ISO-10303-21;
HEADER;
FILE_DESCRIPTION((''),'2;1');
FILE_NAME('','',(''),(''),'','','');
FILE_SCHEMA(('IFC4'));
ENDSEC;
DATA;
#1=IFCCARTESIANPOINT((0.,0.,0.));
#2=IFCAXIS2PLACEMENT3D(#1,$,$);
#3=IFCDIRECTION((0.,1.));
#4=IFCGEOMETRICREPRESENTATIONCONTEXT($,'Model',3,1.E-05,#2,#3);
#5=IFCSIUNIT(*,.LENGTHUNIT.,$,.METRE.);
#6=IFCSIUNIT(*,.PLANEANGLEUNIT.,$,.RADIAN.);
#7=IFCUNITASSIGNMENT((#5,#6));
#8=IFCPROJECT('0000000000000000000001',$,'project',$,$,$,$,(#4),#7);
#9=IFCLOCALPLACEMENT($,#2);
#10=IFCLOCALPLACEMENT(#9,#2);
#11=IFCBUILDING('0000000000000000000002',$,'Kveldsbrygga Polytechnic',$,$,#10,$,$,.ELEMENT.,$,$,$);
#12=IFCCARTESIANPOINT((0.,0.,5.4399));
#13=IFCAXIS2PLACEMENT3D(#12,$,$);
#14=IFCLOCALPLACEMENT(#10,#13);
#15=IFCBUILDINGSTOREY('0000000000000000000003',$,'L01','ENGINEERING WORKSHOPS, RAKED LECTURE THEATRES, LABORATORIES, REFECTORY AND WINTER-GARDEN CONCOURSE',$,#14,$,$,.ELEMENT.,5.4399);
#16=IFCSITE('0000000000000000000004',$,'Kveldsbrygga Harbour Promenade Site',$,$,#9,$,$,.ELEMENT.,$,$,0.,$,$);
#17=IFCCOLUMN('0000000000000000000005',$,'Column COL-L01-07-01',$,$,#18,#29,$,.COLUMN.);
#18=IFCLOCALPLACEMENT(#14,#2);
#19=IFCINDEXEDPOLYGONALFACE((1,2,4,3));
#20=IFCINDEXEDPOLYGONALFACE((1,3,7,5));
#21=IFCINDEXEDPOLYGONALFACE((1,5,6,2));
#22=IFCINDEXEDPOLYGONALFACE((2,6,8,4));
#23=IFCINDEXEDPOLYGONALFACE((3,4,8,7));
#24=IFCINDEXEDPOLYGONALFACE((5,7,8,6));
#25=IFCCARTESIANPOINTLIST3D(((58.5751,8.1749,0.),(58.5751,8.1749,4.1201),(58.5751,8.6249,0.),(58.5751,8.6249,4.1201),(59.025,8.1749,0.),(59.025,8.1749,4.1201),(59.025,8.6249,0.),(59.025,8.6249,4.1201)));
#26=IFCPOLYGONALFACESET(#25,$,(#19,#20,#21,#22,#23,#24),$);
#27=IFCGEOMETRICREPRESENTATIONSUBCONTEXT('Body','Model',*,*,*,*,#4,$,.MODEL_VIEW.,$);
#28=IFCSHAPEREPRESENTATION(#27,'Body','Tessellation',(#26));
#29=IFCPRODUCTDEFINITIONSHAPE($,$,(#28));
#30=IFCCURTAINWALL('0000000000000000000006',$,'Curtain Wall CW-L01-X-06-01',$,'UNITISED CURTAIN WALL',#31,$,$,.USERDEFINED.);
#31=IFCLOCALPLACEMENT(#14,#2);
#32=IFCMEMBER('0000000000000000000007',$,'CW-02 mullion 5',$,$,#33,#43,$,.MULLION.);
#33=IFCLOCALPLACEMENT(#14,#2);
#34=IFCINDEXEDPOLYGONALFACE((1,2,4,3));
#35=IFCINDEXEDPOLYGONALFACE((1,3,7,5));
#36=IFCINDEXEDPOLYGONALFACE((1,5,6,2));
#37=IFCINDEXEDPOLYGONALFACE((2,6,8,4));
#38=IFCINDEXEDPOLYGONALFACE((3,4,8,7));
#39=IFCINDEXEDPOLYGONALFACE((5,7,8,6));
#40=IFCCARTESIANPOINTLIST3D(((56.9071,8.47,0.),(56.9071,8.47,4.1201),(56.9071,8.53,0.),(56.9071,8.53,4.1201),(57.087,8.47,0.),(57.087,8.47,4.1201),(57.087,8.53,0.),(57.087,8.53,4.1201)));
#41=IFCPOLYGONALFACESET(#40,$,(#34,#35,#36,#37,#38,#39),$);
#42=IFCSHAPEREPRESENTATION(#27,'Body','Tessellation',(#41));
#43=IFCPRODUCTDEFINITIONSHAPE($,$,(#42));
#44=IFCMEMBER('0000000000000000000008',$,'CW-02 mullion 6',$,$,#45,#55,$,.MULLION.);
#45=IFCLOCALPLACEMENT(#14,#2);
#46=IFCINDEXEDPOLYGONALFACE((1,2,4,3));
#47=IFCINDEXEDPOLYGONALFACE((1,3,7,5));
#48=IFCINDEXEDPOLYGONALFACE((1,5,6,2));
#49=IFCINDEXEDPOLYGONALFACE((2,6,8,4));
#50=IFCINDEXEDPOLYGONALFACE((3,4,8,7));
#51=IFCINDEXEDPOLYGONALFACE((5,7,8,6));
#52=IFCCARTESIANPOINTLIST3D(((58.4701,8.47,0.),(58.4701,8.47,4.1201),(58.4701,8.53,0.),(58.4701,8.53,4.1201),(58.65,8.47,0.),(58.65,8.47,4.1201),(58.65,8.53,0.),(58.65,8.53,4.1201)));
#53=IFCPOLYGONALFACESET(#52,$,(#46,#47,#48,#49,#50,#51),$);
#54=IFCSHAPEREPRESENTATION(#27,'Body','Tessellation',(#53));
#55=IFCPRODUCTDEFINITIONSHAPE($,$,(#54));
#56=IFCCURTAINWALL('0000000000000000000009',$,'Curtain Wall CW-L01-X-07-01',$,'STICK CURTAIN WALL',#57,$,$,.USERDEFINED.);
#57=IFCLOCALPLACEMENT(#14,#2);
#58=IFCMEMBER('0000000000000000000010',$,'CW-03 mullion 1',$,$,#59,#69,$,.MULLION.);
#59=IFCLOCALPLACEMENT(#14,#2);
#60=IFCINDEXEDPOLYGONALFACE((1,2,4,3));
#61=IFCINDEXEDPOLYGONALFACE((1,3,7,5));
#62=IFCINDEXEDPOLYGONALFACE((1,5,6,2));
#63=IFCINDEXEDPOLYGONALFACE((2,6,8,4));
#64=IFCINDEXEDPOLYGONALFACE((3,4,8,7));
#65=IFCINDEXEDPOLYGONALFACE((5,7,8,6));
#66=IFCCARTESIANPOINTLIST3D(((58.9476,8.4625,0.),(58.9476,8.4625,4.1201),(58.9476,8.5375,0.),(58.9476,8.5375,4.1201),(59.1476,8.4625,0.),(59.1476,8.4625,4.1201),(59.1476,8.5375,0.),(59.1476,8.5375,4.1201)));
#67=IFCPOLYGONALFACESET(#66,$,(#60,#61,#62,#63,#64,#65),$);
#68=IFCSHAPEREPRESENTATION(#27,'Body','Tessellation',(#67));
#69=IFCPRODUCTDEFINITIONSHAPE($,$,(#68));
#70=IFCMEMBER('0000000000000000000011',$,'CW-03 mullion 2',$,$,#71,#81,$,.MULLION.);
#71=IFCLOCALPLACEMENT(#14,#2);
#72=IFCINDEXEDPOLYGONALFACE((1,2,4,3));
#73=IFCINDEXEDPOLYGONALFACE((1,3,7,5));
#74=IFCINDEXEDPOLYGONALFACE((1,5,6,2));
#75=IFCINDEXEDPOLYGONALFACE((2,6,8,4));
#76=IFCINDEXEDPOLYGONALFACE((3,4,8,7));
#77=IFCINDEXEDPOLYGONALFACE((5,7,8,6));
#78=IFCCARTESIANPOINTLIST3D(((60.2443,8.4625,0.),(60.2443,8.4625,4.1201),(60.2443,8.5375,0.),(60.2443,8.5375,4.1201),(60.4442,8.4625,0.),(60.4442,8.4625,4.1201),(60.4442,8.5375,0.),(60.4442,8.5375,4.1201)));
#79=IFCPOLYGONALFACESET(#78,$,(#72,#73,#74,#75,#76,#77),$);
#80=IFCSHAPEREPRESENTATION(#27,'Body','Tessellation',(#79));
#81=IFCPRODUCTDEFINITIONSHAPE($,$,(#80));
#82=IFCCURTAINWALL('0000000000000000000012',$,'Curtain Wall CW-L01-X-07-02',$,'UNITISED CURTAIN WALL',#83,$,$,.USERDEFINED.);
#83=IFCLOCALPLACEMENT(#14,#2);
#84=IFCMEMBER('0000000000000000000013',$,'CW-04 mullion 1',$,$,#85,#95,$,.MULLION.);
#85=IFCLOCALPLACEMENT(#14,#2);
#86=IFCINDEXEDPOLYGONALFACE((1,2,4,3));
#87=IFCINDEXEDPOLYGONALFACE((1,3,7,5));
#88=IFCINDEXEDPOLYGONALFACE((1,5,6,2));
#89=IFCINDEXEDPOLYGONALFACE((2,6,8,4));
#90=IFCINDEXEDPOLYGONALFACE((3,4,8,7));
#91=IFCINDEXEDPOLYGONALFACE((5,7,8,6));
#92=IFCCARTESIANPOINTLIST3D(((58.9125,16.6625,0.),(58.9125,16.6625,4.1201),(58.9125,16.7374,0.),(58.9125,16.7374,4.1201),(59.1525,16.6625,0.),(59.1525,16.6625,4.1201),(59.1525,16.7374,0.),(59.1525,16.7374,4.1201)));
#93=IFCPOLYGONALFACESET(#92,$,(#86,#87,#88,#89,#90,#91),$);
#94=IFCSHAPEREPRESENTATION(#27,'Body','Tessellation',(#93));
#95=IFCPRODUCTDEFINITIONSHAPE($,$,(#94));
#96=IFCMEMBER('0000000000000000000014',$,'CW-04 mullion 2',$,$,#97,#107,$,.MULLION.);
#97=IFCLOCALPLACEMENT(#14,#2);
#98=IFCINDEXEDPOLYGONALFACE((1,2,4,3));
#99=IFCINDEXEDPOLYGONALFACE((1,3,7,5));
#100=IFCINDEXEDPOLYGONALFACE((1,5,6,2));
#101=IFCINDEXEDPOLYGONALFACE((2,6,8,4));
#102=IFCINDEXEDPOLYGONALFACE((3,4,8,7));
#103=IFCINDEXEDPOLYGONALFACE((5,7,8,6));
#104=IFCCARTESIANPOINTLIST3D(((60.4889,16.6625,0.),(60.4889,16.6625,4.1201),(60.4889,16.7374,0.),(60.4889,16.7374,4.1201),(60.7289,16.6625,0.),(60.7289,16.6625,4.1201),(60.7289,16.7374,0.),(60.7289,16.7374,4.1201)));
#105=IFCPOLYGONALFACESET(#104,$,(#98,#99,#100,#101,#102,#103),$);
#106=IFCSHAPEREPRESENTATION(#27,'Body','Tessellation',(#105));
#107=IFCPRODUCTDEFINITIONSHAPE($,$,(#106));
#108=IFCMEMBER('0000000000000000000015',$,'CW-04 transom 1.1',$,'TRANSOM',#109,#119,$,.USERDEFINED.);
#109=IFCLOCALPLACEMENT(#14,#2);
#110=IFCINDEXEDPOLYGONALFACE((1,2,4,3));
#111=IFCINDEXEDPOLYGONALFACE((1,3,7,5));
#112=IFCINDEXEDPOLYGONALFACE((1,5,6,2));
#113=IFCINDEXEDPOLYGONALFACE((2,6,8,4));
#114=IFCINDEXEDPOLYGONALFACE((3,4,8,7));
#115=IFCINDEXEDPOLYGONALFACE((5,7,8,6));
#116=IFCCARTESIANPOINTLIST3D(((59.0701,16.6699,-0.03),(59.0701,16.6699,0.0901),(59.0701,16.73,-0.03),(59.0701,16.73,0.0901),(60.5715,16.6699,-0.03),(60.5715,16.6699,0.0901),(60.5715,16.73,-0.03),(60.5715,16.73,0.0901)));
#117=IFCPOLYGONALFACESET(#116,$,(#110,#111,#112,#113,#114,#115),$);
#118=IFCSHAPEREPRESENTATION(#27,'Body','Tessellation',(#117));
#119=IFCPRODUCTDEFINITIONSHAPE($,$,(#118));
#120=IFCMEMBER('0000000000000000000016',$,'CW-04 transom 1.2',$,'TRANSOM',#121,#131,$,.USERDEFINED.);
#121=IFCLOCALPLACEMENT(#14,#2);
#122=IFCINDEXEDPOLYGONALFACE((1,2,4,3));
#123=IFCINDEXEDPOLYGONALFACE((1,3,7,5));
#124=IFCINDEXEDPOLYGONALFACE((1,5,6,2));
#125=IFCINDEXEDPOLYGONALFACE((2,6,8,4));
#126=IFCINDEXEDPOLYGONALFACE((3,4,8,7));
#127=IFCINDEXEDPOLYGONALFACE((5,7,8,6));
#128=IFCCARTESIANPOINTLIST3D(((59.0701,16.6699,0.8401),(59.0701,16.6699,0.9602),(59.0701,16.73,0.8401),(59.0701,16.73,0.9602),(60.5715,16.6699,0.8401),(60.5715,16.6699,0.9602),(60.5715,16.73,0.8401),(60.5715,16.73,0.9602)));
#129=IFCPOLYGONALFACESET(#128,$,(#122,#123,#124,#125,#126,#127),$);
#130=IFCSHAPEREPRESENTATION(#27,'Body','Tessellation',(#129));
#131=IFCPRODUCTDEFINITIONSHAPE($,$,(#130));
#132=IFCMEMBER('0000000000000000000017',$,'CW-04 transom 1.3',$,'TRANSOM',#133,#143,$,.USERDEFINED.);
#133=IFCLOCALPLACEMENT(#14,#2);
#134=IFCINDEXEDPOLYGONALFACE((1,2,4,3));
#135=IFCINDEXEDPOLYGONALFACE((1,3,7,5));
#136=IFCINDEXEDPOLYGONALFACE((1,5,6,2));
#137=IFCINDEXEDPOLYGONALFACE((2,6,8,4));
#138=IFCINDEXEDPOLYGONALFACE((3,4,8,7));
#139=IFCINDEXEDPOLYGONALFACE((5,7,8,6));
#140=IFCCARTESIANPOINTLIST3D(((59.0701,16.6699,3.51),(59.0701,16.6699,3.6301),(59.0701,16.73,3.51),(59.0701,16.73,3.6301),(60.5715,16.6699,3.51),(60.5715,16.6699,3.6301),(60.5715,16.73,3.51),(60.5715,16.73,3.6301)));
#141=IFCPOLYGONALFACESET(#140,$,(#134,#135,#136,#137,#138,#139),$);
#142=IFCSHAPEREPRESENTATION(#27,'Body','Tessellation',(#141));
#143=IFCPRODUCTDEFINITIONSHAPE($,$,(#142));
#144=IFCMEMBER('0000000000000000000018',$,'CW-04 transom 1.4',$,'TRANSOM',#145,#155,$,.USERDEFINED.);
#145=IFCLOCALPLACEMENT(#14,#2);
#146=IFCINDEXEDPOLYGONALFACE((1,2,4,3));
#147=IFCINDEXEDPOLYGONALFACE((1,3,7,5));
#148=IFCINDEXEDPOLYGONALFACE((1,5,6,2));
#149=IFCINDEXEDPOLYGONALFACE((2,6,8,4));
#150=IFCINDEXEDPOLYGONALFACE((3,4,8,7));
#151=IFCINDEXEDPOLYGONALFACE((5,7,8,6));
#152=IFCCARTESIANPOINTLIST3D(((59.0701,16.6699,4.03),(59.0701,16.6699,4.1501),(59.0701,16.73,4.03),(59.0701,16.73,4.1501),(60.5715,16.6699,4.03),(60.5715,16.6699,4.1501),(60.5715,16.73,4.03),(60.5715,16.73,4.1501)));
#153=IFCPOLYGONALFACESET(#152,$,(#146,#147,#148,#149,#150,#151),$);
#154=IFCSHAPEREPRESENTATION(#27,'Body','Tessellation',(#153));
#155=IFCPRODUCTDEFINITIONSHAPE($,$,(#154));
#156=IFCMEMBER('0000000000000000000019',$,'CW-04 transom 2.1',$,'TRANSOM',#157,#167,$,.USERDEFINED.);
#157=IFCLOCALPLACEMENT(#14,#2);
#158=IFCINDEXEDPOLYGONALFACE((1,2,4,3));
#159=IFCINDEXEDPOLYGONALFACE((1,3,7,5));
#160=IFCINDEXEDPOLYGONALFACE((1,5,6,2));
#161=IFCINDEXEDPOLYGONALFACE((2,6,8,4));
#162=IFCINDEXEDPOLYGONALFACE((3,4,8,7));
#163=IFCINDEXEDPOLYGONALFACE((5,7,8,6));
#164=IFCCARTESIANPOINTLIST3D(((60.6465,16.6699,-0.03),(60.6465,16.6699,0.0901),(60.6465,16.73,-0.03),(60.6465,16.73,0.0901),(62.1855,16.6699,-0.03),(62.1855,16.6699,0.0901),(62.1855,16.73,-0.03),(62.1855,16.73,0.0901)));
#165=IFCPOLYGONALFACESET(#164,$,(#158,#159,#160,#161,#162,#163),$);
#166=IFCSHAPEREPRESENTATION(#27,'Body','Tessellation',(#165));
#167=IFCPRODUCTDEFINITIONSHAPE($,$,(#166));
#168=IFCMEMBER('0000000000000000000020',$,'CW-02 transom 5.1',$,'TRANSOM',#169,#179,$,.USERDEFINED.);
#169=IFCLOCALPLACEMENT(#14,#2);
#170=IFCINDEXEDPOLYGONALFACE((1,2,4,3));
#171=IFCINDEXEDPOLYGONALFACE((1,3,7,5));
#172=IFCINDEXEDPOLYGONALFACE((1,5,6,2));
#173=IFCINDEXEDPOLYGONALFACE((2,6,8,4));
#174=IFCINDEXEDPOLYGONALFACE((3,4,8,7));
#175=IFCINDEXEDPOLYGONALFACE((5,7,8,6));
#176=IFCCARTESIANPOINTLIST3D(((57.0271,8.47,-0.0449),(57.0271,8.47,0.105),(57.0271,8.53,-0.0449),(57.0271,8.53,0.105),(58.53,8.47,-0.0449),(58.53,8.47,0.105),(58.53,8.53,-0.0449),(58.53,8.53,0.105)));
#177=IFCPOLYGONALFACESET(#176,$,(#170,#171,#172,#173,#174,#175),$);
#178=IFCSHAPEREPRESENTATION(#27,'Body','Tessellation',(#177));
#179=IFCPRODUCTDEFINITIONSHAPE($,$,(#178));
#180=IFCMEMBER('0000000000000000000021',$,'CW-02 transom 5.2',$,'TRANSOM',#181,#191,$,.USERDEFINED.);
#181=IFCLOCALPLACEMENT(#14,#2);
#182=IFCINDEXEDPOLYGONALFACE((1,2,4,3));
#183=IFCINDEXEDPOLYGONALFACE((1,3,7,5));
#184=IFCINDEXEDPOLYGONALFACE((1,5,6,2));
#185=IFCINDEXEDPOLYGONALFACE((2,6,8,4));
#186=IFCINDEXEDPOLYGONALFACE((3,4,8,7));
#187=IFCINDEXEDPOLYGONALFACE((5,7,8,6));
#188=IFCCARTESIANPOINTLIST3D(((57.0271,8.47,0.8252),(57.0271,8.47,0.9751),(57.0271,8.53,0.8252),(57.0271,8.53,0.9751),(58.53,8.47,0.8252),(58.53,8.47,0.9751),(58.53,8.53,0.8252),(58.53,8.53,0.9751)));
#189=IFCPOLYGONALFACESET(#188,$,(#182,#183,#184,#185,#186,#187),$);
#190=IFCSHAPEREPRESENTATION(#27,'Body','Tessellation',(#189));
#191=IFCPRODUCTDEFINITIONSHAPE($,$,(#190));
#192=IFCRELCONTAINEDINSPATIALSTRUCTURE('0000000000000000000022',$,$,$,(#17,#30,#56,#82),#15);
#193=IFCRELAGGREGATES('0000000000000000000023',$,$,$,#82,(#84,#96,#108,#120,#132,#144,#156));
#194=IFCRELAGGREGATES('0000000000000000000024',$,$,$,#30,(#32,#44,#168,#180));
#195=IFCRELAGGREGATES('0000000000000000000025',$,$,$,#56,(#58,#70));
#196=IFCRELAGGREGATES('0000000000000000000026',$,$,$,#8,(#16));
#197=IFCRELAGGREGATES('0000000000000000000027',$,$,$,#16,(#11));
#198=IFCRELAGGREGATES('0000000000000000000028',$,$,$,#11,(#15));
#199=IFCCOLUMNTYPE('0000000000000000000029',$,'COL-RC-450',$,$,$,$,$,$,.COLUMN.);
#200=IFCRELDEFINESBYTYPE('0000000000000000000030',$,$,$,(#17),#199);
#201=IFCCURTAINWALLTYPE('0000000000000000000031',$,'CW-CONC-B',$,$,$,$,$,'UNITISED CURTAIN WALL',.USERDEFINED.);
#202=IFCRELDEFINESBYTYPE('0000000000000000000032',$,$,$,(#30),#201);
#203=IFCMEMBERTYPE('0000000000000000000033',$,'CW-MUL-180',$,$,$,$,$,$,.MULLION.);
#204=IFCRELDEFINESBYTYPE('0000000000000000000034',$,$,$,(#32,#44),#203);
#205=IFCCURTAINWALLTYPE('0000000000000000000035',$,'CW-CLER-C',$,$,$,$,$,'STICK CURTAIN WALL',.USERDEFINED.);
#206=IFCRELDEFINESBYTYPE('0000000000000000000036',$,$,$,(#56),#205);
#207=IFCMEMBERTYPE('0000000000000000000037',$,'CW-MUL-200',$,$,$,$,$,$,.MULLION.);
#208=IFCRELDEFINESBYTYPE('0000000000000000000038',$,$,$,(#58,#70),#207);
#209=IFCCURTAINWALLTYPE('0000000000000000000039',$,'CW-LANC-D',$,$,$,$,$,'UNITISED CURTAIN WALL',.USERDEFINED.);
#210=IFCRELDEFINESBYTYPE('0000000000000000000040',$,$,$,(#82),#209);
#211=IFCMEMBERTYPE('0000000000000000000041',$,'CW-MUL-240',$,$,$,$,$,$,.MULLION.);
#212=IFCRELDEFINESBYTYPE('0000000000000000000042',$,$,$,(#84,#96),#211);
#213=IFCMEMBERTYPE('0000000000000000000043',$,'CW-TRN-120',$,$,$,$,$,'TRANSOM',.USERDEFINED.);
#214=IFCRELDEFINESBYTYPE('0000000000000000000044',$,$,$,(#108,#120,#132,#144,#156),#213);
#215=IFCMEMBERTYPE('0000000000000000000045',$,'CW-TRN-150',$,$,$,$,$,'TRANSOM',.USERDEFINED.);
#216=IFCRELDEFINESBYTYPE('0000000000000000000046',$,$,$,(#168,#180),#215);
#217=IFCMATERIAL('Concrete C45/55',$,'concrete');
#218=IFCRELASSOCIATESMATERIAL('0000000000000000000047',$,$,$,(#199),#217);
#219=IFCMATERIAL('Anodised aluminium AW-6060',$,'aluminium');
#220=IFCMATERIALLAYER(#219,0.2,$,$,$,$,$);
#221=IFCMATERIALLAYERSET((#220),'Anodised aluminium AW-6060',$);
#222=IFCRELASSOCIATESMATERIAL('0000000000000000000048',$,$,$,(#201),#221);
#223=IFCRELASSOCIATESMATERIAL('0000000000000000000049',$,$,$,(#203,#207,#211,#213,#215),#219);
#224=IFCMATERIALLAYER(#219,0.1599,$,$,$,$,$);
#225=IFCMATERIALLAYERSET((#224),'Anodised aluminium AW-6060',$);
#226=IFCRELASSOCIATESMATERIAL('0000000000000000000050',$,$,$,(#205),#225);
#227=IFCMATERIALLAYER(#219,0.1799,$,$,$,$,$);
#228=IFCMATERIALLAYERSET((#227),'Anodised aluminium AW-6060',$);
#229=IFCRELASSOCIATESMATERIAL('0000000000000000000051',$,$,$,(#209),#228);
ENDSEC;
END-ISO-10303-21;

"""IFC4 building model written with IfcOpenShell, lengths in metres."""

from ifc_helpers import new_model, si_unit, direction, frame, origin, origin_2d, place, context, subcontext, project, spatial, rectangle, extrude, material, layer, layer_set, material_profile, profile_set, type_object, element, aggregate, save


model = new_model("IFC4")

# Units and contexts
model_context = context("Model", 3, precision=1e-05, world=origin(), true_north=direction((0.0, 1.0)))
body_context = subcontext(model_context, "Body", "Model", "MODEL_VIEW")
ifc_project = project(units=[si_unit("LENGTHUNIT", "METRE"), si_unit("PLANEANGLEUNIT", "RADIAN")], contexts=[model_context])

# Site, building, storey
site_placement = place(None, origin())
site = spatial("IfcSite", under=ifc_project, at=site_placement, Name="Kveldsbrygga Harbour Promenade Site", CompositionType="ELEMENT", RefElevation=0.0)
building_placement = place(site_placement, origin())
building = spatial("IfcBuilding", under=site, at=building_placement, Name="Kveldsbrygga Polytechnic", CompositionType="ELEMENT")
storey_placement = place(building_placement, frame((0.0, 0.0, 5.4399)))
storey = spatial("IfcBuildingStorey", under=building, at=storey_placement, Name="L01", Description="ENGINEERING WORKSHOPS, RAKED LECTURE THEATRES, LABORATORIES, REFECTORY AND WINTER-GARDEN CONCOURSE", CompositionType="ELEMENT", Elevation=5.4399)

# Column
ifc_material_1 = material(Name="Concrete C45/55", Category="concrete")
ifc_material_profile_1 = material_profile(ifc_material_1, rectangle(XDim=0.45, YDim=0.45, at=origin_2d()), Name="RC 450x450")
ifc_profile_set_1 = profile_set([ifc_material_profile_1], Name="Concrete C45/55")
column_type = type_object("IfcColumnType", Name="COL-RC-450", PredefinedType="COLUMN", material=ifc_profile_set_1)
column_placement = place(storey_placement, frame((58.8, 8.3999, 0.0), z_axis=(0.0, 0.0, 1.0), x_axis=(1.0, 0.0, 0.0)))
element("IfcColumn", 1, at=column_placement, inside=storey, type_object=column_type, Name="Column COL-L01-07-01", PredefinedType="COLUMN", context=body_context, shape_type="SweptSolid", body=[
    extrude(rectangle(XDim=0.45, YDim=0.45, at=origin_2d()), origin(), (0.0, 0.0, 1.0), 4.1201),
])

# Curtain walls, members
ifc_material_2 = material(Name="Anodised aluminium AW-6060", Category="aluminium")
ifc_layer_1 = layer(ifc_material_2, 0.2)
ifc_layer_set_1 = layer_set([ifc_layer_1], Name="Anodised aluminium AW-6060")
curtain_wall_type_1 = type_object("IfcCurtainWallType", Name="CW-CONC-B", ElementType="UNITISED CURTAIN WALL", PredefinedType="USERDEFINED", material=ifc_layer_set_1)
curtain_wall_1_placement = place(storey_placement, origin())
curtain_wall_1 = element("IfcCurtainWall", 2, at=curtain_wall_1_placement, inside=storey, type_object=curtain_wall_type_1, Name="Curtain Wall CW-L01-X-06-01", ObjectType="UNITISED CURTAIN WALL", PredefinedType="USERDEFINED")
ifc_material_profile_2 = material_profile(ifc_material_2, rectangle(XDim=0.0601, YDim=0.1799, at=origin_2d()), Name="ALU 60x180")
ifc_profile_set_2 = profile_set([ifc_material_profile_2], Name="Anodised aluminium AW-6060")
member_type_1 = type_object("IfcMemberType", Name="CW-MUL-180", PredefinedType="MULLION", material=ifc_profile_set_2)
member_1_placement = place(storey_placement, frame((56.9971, 8.5, 0.0), z_axis=(0.0, 0.0, 1.0), x_axis=(0.0, 1.0, 0.0)))
member_1 = element("IfcMember", 3, at=member_1_placement, type_object=member_type_1, Name="CW-02 mullion 5", PredefinedType="MULLION", context=body_context, shape_type="SweptSolid", body=[
    extrude(rectangle(XDim=0.0601, YDim=0.1799, at=origin_2d()), origin(), (0.0, 0.0, 1.0), 4.1201),
])
member_2_placement = place(storey_placement, frame((58.5601, 8.5, 0.0), z_axis=(0.0, 0.0, 1.0), x_axis=(0.0, 1.0, 0.0)))
member_2 = element("IfcMember", 4, at=member_2_placement, type_object=member_type_1, Name="CW-02 mullion 6", PredefinedType="MULLION", context=body_context, shape_type="SweptSolid", body=[
    extrude(rectangle(XDim=0.0601, YDim=0.1799, at=origin_2d()), origin(), (0.0, 0.0, 1.0), 4.1201),
])
ifc_layer_2 = layer(ifc_material_2, 0.1599)
ifc_layer_set_2 = layer_set([ifc_layer_2], Name="Anodised aluminium AW-6060")
curtain_wall_type_2 = type_object("IfcCurtainWallType", Name="CW-CLER-C", ElementType="STICK CURTAIN WALL", PredefinedType="USERDEFINED", material=ifc_layer_set_2)
curtain_wall_2_placement = place(storey_placement, origin())
curtain_wall_2 = element("IfcCurtainWall", 5, at=curtain_wall_2_placement, inside=storey, type_object=curtain_wall_type_2, Name="Curtain Wall CW-L01-X-07-01", ObjectType="STICK CURTAIN WALL", PredefinedType="USERDEFINED")
ifc_material_profile_3 = material_profile(ifc_material_2, rectangle(XDim=0.075, YDim=0.2, at=origin_2d()), Name="ALU 75x200")
ifc_profile_set_3 = profile_set([ifc_material_profile_3], Name="Anodised aluminium AW-6060")
member_type_2 = type_object("IfcMemberType", Name="CW-MUL-200", PredefinedType="MULLION", material=ifc_profile_set_3)
member_3_placement = place(storey_placement, frame((59.0476, 8.5, 0.0), z_axis=(0.0, 0.0, 1.0), x_axis=(0.0, 1.0, 0.0)))
member_3 = element("IfcMember", 6, at=member_3_placement, type_object=member_type_2, Name="CW-03 mullion 1", PredefinedType="MULLION", context=body_context, shape_type="SweptSolid", body=[
    extrude(rectangle(XDim=0.075, YDim=0.2, at=origin_2d()), origin(), (0.0, 0.0, 1.0), 4.1201),
])
member_4_placement = place(storey_placement, frame((60.3442, 8.5, 0.0), z_axis=(0.0, 0.0, 1.0), x_axis=(0.0, 1.0, 0.0)))
member_4 = element("IfcMember", 7, at=member_4_placement, type_object=member_type_2, Name="CW-03 mullion 2", PredefinedType="MULLION", context=body_context, shape_type="SweptSolid", body=[
    extrude(rectangle(XDim=0.075, YDim=0.2, at=origin_2d()), origin(), (0.0, 0.0, 1.0), 4.1201),
])
ifc_layer_3 = layer(ifc_material_2, 0.1799)
ifc_layer_set_3 = layer_set([ifc_layer_3], Name="Anodised aluminium AW-6060")
curtain_wall_type_3 = type_object("IfcCurtainWallType", Name="CW-LANC-D", ElementType="UNITISED CURTAIN WALL", PredefinedType="USERDEFINED", material=ifc_layer_set_3)
curtain_wall_3_placement = place(storey_placement, origin())
curtain_wall_3 = element("IfcCurtainWall", 8, at=curtain_wall_3_placement, inside=storey, type_object=curtain_wall_type_3, Name="Curtain Wall CW-L01-X-07-02", ObjectType="UNITISED CURTAIN WALL", PredefinedType="USERDEFINED")
ifc_material_profile_4 = material_profile(ifc_material_2, rectangle(XDim=0.075, YDim=0.24, at=origin_2d()), Name="ALU 75x240")
ifc_profile_set_4 = profile_set([ifc_material_profile_4], Name="Anodised aluminium AW-6060")
member_type_3 = type_object("IfcMemberType", Name="CW-MUL-240", PredefinedType="MULLION", material=ifc_profile_set_4)
member_5_placement = place(storey_placement, frame((59.0325, 16.7, 0.0), z_axis=(0.0, 0.0, 1.0), x_axis=(0.0, 1.0, 0.0)))
member_5 = element("IfcMember", 9, at=member_5_placement, type_object=member_type_3, Name="CW-04 mullion 1", PredefinedType="MULLION", context=body_context, shape_type="SweptSolid", body=[
    extrude(rectangle(XDim=0.075, YDim=0.24, at=origin_2d()), origin(), (0.0, 0.0, 1.0), 4.1201),
])
member_6_placement = place(storey_placement, frame((60.6089, 16.7, 0.0), z_axis=(0.0, 0.0, 1.0), x_axis=(0.0, 1.0, 0.0)))
member_6 = element("IfcMember", 10, at=member_6_placement, type_object=member_type_3, Name="CW-04 mullion 2", PredefinedType="MULLION", context=body_context, shape_type="SweptSolid", body=[
    extrude(rectangle(XDim=0.075, YDim=0.24, at=origin_2d()), origin(), (0.0, 0.0, 1.0), 4.1201),
])
ifc_material_profile_5 = material_profile(ifc_material_2, rectangle(XDim=0.0601, YDim=0.1201, at=origin_2d()), Name="ALU 60x120")
ifc_profile_set_5 = profile_set([ifc_material_profile_5], Name="Anodised aluminium AW-6060")
member_type_4 = type_object("IfcMemberType", Name="CW-TRN-120", ElementType="TRANSOM", PredefinedType="USERDEFINED", material=ifc_profile_set_5)
member_7_placement = place(storey_placement, frame((59.0701, 16.7, 0.03), z_axis=(1.0, 0.0, 0.0), x_axis=(0.0, 1.0, 0.0)))
member_7 = element("IfcMember", 11, at=member_7_placement, type_object=member_type_4, Name="CW-04 transom 1.1", ObjectType="TRANSOM", PredefinedType="USERDEFINED", context=body_context, shape_type="SweptSolid", body=[
    extrude(rectangle(XDim=0.0601, YDim=0.1201, at=origin_2d()), origin(), (0.0, 0.0, 1.0), 1.5015),
])
member_8_placement = place(storey_placement, frame((59.0701, 16.7, 0.9001), z_axis=(1.0, 0.0, 0.0), x_axis=(0.0, 1.0, 0.0)))
member_8 = element("IfcMember", 12, at=member_8_placement, type_object=member_type_4, Name="CW-04 transom 1.2", ObjectType="TRANSOM", PredefinedType="USERDEFINED", context=body_context, shape_type="SweptSolid", body=[
    extrude(rectangle(XDim=0.0601, YDim=0.1201, at=origin_2d()), origin(), (0.0, 0.0, 1.0), 1.5015),
])
member_9_placement = place(storey_placement, frame((59.0701, 16.7, 3.5701), z_axis=(1.0, 0.0, 0.0), x_axis=(0.0, 1.0, 0.0)))
member_9 = element("IfcMember", 13, at=member_9_placement, type_object=member_type_4, Name="CW-04 transom 1.3", ObjectType="TRANSOM", PredefinedType="USERDEFINED", context=body_context, shape_type="SweptSolid", body=[
    extrude(rectangle(XDim=0.0601, YDim=0.1201, at=origin_2d()), origin(), (0.0, 0.0, 1.0), 1.5015),
])
member_10_placement = place(storey_placement, frame((59.0701, 16.7, 4.0901), z_axis=(1.0, 0.0, 0.0), x_axis=(0.0, 1.0, 0.0)))
member_10 = element("IfcMember", 14, at=member_10_placement, type_object=member_type_4, Name="CW-04 transom 1.4", ObjectType="TRANSOM", PredefinedType="USERDEFINED", context=body_context, shape_type="SweptSolid", body=[
    extrude(rectangle(XDim=0.0601, YDim=0.1201, at=origin_2d()), origin(), (0.0, 0.0, 1.0), 1.5015),
])
member_11_placement = place(storey_placement, frame((60.6465, 16.7, 0.03), z_axis=(1.0, 0.0, 0.0), x_axis=(0.0, 1.0, 0.0)))
member_11 = element("IfcMember", 15, at=member_11_placement, type_object=member_type_4, Name="CW-04 transom 2.1", ObjectType="TRANSOM", PredefinedType="USERDEFINED", context=body_context, shape_type="SweptSolid", body=[
    extrude(rectangle(XDim=0.0601, YDim=0.1201, at=origin_2d()), origin(), (0.0, 0.0, 1.0), 1.5391),
])

# Members
ifc_material_profile_6 = material_profile(ifc_material_2, rectangle(XDim=0.0601, YDim=0.1499, at=origin_2d()), Name="ALU 60x150")
ifc_profile_set_6 = profile_set([ifc_material_profile_6], Name="Anodised aluminium AW-6060")
member_type_5 = type_object("IfcMemberType", Name="CW-TRN-150", ElementType="TRANSOM", PredefinedType="USERDEFINED", material=ifc_profile_set_6)
member_12_placement = place(storey_placement, frame((57.0271, 8.5, 0.03), z_axis=(1.0, 0.0, 0.0), x_axis=(0.0, 1.0, 0.0)))
member_12 = element("IfcMember", 16, at=member_12_placement, type_object=member_type_5, Name="CW-02 transom 5.1", ObjectType="TRANSOM", PredefinedType="USERDEFINED", context=body_context, shape_type="SweptSolid", body=[
    extrude(rectangle(XDim=0.0601, YDim=0.1499, at=origin_2d()), origin(), (0.0, 0.0, 1.0), 1.5029),
])
member_13_placement = place(storey_placement, frame((57.0271, 8.5, 0.9001), z_axis=(1.0, 0.0, 0.0), x_axis=(0.0, 1.0, 0.0)))
member_13 = element("IfcMember", 17, at=member_13_placement, type_object=member_type_5, Name="CW-02 transom 5.2", ObjectType="TRANSOM", PredefinedType="USERDEFINED", context=body_context, shape_type="SweptSolid", body=[
    extrude(rectangle(XDim=0.0601, YDim=0.1499, at=origin_2d()), origin(), (0.0, 0.0, 1.0), 1.5029),
])

aggregate(curtain_wall_3, [member_5, member_6, member_7, member_8, member_9, member_10, member_11])
aggregate(curtain_wall_1, [member_1, member_2, member_12, member_13])
aggregate(curtain_wall_2, [member_3, member_4])

save(model, "model.ifc")
